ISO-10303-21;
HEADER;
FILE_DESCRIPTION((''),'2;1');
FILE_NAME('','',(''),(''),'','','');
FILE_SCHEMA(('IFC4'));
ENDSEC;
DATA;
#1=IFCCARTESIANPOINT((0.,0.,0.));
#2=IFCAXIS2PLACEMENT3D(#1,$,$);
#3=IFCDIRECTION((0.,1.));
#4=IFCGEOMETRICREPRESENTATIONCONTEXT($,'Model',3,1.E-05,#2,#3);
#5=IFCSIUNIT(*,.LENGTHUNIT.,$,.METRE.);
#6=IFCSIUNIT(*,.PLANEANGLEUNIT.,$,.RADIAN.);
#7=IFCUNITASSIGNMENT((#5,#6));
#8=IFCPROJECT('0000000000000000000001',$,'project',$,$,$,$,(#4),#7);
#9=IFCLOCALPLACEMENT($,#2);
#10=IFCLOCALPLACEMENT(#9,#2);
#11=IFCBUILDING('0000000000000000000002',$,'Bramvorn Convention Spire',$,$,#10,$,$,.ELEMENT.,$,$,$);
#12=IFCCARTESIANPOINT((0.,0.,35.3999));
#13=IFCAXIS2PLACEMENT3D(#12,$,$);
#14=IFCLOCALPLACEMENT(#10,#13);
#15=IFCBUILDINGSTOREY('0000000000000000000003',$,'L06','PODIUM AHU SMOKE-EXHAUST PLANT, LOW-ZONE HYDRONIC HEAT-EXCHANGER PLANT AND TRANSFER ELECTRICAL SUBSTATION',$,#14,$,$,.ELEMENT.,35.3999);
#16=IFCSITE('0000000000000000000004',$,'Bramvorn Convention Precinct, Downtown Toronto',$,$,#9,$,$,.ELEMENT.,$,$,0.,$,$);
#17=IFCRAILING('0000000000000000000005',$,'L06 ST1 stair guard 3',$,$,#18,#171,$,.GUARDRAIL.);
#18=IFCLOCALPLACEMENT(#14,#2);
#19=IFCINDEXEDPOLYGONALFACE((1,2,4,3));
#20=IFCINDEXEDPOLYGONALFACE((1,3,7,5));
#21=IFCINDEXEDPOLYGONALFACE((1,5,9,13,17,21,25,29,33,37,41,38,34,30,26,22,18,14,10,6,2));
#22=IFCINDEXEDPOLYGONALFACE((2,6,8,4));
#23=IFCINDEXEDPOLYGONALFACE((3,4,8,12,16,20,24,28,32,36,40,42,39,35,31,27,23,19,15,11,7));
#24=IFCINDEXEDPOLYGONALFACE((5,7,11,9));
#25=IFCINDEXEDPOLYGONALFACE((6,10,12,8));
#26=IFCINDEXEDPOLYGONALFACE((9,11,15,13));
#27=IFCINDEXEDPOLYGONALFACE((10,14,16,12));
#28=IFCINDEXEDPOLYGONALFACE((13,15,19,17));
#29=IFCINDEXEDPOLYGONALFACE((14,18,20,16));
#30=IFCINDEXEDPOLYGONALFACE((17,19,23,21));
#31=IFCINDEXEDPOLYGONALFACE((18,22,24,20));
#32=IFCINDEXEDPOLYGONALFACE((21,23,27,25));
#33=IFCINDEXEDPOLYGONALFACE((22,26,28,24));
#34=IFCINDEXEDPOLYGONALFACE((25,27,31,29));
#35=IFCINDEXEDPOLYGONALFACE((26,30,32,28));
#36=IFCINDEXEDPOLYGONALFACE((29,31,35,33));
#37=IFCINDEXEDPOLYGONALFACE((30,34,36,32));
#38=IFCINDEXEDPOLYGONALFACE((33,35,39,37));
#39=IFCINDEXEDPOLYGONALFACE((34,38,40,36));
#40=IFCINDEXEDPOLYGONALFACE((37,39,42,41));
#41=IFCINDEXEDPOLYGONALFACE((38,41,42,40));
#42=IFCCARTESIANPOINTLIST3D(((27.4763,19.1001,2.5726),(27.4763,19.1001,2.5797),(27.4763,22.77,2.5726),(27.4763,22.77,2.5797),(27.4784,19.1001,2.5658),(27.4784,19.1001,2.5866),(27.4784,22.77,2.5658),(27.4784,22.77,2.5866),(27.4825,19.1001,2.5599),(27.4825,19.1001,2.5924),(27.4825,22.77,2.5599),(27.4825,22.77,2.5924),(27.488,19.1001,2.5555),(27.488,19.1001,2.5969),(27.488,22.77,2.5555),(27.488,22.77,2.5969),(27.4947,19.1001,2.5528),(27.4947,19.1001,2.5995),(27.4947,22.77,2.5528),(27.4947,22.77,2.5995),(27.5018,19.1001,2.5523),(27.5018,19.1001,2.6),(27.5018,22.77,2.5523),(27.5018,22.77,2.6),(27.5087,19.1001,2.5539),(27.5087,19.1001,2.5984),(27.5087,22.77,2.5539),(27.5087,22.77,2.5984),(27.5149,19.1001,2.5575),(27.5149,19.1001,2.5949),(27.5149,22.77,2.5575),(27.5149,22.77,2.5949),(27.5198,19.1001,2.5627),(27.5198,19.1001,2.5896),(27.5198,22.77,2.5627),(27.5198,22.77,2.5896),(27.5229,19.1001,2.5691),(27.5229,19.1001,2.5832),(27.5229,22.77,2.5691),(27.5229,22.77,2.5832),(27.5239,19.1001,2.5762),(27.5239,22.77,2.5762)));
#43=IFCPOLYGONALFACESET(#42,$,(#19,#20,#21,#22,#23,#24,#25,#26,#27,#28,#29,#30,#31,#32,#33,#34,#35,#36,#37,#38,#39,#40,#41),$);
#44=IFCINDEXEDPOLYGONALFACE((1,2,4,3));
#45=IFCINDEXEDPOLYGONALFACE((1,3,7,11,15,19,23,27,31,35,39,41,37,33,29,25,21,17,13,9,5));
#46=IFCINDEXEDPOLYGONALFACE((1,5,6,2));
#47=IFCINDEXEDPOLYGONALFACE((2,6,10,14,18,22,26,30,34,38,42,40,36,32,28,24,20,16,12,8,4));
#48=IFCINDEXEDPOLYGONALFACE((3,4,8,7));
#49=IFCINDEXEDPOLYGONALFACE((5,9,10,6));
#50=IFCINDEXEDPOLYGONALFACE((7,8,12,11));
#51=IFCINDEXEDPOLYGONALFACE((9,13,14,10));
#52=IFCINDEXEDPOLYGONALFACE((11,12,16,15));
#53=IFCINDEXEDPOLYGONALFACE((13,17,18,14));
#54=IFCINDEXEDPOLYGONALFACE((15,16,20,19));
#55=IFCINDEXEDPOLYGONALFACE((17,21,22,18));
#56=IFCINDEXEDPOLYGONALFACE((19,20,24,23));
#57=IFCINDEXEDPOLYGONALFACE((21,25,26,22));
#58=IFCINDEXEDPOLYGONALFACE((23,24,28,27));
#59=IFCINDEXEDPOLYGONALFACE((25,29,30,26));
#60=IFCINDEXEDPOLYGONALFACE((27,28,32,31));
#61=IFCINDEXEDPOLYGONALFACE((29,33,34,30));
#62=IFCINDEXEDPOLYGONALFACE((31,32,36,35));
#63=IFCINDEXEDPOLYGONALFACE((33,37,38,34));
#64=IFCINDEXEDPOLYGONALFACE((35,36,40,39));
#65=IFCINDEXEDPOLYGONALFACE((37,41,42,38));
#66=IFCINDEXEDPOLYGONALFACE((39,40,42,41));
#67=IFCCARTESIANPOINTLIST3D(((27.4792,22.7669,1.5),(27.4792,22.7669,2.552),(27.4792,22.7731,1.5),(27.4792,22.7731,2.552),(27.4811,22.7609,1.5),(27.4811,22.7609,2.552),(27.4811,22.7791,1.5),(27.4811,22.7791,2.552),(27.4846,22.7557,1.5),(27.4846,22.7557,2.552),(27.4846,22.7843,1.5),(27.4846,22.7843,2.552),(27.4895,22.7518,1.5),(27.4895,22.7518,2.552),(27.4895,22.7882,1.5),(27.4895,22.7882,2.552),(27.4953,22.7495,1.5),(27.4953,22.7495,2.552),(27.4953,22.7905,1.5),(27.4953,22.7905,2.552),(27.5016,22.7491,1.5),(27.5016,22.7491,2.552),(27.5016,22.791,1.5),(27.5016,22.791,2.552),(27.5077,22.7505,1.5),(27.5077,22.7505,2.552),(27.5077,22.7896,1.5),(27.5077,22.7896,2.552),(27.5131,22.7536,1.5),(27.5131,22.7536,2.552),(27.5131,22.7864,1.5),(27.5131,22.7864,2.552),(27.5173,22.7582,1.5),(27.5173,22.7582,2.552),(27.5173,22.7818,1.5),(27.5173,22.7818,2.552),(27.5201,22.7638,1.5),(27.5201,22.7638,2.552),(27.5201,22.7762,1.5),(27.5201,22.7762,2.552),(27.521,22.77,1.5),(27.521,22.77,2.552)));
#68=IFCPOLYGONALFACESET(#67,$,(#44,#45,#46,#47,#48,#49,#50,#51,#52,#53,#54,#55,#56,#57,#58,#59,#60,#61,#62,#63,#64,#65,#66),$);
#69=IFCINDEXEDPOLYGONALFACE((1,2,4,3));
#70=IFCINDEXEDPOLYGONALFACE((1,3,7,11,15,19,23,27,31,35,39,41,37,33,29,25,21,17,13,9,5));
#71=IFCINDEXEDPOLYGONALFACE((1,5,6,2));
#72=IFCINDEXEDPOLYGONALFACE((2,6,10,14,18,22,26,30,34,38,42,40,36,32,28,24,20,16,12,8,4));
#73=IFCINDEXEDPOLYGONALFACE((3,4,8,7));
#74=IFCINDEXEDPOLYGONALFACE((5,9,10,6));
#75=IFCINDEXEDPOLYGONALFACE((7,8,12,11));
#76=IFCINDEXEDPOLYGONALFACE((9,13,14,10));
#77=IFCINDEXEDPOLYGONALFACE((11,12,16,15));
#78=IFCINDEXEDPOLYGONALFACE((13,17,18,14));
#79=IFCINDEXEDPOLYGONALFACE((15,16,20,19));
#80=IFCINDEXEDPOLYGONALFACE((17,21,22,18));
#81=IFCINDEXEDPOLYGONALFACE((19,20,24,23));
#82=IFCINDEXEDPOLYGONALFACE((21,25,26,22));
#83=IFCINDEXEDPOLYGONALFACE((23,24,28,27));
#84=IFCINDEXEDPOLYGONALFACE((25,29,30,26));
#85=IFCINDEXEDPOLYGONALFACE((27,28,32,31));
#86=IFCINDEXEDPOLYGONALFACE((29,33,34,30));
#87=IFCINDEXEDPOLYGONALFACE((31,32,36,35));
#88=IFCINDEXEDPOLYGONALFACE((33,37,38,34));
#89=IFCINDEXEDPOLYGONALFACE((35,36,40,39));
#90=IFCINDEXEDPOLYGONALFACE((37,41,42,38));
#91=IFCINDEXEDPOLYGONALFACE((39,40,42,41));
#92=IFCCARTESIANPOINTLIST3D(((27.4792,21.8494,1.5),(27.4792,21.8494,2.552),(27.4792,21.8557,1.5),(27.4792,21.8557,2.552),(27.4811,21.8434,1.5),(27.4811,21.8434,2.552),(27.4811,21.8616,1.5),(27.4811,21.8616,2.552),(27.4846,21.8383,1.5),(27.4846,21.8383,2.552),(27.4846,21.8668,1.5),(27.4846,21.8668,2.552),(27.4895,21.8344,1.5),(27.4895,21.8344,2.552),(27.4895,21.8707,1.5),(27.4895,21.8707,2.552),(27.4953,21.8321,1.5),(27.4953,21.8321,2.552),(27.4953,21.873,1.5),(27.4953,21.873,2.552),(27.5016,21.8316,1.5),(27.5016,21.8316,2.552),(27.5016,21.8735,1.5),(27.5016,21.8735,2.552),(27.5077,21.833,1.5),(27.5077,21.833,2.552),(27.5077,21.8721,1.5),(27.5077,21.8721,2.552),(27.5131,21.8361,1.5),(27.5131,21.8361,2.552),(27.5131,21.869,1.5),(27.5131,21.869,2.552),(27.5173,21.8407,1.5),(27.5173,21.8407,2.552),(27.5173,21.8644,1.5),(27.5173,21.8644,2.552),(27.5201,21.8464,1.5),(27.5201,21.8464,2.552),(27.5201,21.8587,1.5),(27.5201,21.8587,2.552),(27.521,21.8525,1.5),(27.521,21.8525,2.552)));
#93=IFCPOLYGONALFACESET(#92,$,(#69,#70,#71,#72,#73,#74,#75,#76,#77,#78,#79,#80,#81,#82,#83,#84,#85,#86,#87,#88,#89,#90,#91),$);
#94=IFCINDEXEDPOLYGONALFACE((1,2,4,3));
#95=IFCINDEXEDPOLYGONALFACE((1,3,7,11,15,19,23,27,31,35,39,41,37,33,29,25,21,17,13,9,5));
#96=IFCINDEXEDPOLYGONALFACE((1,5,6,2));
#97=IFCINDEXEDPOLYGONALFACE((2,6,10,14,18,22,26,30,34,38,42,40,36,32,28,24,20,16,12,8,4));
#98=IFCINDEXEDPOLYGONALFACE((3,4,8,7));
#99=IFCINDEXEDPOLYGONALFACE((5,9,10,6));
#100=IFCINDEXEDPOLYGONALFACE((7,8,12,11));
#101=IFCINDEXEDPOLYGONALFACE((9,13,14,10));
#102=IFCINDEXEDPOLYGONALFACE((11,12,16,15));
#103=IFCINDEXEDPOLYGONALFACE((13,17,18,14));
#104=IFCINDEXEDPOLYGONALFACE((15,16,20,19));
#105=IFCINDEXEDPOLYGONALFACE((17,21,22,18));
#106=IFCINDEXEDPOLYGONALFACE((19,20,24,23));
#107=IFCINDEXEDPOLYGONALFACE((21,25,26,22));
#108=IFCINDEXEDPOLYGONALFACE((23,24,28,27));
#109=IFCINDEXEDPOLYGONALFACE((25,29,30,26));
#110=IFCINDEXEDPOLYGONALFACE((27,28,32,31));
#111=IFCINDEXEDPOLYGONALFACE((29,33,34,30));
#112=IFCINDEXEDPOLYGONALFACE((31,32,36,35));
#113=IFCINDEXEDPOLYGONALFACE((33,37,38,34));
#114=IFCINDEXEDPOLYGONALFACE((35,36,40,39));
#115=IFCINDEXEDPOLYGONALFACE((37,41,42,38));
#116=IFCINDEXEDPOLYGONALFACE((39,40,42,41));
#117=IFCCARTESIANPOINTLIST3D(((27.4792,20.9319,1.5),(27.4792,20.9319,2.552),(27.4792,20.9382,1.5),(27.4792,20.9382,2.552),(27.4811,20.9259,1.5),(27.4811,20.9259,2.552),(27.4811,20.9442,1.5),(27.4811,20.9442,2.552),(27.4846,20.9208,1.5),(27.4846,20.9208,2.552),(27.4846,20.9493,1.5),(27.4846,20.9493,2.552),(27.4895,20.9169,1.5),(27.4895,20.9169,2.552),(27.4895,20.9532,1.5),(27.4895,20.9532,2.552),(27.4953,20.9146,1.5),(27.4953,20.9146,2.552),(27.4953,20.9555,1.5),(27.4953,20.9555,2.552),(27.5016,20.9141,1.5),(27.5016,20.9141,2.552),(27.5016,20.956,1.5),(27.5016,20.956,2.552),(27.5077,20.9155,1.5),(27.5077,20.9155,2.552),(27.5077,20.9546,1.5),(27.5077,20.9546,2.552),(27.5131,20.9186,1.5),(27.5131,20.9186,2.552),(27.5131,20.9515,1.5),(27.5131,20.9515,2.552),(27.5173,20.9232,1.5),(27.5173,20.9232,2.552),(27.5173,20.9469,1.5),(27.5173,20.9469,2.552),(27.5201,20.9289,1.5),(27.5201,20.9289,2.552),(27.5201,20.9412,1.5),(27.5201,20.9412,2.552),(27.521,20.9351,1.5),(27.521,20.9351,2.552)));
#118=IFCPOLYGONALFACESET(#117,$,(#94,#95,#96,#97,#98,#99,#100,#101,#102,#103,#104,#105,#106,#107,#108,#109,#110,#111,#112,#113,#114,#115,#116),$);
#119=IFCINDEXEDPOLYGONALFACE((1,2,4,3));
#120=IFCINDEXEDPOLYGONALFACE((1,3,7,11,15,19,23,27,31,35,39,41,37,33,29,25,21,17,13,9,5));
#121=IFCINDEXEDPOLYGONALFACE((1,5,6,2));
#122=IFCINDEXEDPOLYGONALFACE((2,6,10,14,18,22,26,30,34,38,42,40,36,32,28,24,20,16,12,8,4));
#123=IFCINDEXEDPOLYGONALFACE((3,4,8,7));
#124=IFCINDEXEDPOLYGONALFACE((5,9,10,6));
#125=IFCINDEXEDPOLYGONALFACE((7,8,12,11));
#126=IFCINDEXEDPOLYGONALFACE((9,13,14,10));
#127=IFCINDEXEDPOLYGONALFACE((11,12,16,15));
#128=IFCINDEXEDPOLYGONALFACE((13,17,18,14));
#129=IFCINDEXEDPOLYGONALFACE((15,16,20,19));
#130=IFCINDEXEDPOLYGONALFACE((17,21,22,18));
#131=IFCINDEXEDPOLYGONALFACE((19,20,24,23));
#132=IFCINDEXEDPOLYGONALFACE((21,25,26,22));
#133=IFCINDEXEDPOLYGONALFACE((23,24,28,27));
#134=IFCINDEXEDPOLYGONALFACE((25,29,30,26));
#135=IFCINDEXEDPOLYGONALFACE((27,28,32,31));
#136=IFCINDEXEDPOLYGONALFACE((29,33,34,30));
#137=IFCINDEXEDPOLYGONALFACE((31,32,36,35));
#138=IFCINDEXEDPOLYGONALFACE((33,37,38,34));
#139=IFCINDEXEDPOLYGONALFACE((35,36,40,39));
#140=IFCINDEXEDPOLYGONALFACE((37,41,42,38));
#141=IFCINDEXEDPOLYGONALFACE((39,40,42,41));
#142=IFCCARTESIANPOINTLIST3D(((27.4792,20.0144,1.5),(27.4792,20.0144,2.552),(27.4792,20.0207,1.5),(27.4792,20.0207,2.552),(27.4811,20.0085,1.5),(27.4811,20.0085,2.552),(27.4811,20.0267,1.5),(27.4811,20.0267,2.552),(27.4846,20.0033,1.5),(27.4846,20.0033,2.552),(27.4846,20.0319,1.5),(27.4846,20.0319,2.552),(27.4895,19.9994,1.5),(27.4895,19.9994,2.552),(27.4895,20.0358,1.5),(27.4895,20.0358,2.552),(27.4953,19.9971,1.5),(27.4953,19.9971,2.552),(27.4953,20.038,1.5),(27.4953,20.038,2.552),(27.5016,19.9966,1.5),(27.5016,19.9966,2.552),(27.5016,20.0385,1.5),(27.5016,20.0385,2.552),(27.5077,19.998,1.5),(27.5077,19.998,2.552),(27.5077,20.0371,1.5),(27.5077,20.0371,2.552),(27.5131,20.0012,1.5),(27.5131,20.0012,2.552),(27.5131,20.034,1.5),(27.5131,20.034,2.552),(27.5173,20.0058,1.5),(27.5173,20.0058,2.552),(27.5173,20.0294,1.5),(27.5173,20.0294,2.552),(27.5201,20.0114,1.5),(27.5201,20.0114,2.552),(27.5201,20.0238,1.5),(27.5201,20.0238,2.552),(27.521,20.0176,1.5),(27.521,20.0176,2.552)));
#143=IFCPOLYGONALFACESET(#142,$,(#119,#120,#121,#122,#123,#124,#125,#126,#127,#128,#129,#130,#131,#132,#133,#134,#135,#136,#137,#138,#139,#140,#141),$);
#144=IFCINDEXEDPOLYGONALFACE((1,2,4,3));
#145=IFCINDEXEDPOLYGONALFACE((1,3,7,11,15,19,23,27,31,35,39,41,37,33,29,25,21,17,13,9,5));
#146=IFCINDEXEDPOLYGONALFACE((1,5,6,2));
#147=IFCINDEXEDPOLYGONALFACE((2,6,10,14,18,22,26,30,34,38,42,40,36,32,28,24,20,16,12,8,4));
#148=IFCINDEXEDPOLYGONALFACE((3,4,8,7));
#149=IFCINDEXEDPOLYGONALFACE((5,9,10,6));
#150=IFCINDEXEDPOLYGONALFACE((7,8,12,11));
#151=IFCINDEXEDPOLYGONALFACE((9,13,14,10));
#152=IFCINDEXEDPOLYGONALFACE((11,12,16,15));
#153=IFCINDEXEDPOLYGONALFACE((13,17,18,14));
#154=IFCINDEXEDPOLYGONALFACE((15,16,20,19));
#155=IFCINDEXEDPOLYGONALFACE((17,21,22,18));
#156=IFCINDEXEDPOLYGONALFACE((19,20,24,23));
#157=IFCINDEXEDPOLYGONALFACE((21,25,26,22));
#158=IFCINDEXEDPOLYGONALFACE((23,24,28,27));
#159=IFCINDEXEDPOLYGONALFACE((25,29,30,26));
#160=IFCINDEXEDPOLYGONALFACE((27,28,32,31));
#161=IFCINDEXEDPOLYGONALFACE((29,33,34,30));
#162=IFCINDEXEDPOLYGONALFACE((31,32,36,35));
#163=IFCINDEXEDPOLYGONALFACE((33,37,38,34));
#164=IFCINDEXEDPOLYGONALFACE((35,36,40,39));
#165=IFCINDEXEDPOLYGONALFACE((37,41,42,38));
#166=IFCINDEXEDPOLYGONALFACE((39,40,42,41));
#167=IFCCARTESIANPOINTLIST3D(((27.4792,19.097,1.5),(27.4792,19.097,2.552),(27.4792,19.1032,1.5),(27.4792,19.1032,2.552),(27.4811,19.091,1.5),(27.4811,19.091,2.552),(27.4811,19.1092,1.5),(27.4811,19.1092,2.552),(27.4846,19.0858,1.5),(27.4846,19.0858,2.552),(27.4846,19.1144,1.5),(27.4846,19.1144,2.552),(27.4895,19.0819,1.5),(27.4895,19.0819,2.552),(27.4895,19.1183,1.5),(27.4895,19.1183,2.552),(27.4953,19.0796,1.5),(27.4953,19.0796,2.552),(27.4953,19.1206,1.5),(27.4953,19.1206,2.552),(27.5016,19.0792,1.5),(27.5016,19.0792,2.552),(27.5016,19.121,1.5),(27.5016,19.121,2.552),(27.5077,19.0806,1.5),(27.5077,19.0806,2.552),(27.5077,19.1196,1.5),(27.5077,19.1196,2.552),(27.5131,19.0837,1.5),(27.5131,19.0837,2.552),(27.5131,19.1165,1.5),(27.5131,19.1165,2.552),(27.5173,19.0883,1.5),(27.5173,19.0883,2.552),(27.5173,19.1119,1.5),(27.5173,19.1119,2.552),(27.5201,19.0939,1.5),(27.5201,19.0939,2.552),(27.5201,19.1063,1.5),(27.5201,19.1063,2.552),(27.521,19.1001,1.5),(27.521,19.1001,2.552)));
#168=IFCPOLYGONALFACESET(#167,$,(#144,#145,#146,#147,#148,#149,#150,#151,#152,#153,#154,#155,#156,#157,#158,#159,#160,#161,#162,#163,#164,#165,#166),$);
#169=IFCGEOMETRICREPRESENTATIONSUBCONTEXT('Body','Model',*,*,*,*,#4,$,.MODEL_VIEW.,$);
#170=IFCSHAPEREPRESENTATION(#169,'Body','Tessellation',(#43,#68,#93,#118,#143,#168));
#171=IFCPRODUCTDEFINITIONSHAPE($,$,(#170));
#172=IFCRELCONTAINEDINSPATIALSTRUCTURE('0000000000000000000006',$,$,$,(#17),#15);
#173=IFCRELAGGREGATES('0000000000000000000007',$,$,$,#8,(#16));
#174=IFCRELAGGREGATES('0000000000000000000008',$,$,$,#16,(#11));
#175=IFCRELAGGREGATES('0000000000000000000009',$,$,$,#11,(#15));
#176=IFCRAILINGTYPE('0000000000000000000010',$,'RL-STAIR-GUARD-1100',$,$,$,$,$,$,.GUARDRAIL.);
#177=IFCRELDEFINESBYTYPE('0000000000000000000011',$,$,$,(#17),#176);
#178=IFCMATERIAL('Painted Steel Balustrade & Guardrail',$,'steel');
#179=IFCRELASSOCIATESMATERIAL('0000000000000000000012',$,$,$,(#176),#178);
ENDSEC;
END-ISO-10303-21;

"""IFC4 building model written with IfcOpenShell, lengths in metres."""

from ifc_helpers import new_model, si_unit, direction, frame, origin, origin_2d, place, context, subcontext, project, spatial, circle, extrude, material, type_object, element, save


model = new_model("IFC4")

# Units and contexts
model_context = context("Model", 3, precision=1e-05, world=origin(), true_north=direction((0.0, 1.0)))
body_context = subcontext(model_context, "Body", "Model", "MODEL_VIEW")
ifc_project = project(units=[si_unit("LENGTHUNIT", "METRE"), si_unit("PLANEANGLEUNIT", "RADIAN")], contexts=[model_context])

# Site, building, storey
site_placement = place(None, origin())
site = spatial("IfcSite", under=ifc_project, at=site_placement, Name="Bramvorn Convention Precinct, Downtown Toronto", CompositionType="ELEMENT", RefElevation=0.0)
building_placement = place(site_placement, origin())
building = spatial("IfcBuilding", under=site, at=building_placement, Name="Bramvorn Convention Spire", CompositionType="ELEMENT")
storey_placement = place(building_placement, frame((0.0, 0.0, 35.3999)))
storey = spatial("IfcBuildingStorey", under=building, at=storey_placement, Name="L06", Description="PODIUM AHU SMOKE-EXHAUST PLANT, LOW-ZONE HYDRONIC HEAT-EXCHANGER PLANT AND TRANSFER ELECTRICAL SUBSTATION", CompositionType="ELEMENT", Elevation=35.3999)

# Railing
ifc_material_1 = material(Name="Painted Steel Balustrade & Guardrail", Category="steel")
railing_type_1 = type_object("IfcRailingType", Name="RL-STAIR-GUARD-1100", PredefinedType="GUARDRAIL", material=ifc_material_1)
for number, where, name in (
    (1, (27.5, 22.77, 1.5), "L06 ST1 stair guard 3"),
):
    element("IfcRailing", number, at=place(storey_placement, frame(where)), inside=storey, type_object=railing_type_1, Name=name, PredefinedType="GUARDRAIL", context=body_context, shape_type="SweptSolid", body=[
        extrude(circle(Radius=0.0239, at=origin_2d()), frame((0.0, 0.0, 1.0762), z_axis=(0.0, -1.0, 0.0), x_axis=(1.0, 0.0, 0.0)), (0.0, 0.0, 1.0), 3.6699),
        extrude(circle(Radius=0.021, at=origin_2d()), origin(), (0.0, 0.0, 1.0), 1.052),
        extrude(circle(Radius=0.021, at=origin_2d()), frame((0.0, -0.9175, 0.0)), (0.0, 0.0, 1.0), 1.052),
        extrude(circle(Radius=0.021, at=origin_2d()), frame((0.0, -1.835, 0.0)), (0.0, 0.0, 1.0), 1.052),
        extrude(circle(Radius=0.021, at=origin_2d()), frame((0.0, -2.7524, 0.0)), (0.0, 0.0, 1.0), 1.052),
        extrude(circle(Radius=0.021, at=origin_2d()), frame((0.0, -3.6699, 0.0)), (0.0, 0.0, 1.0), 1.052),
    ])

save(model, "model.ifc")
